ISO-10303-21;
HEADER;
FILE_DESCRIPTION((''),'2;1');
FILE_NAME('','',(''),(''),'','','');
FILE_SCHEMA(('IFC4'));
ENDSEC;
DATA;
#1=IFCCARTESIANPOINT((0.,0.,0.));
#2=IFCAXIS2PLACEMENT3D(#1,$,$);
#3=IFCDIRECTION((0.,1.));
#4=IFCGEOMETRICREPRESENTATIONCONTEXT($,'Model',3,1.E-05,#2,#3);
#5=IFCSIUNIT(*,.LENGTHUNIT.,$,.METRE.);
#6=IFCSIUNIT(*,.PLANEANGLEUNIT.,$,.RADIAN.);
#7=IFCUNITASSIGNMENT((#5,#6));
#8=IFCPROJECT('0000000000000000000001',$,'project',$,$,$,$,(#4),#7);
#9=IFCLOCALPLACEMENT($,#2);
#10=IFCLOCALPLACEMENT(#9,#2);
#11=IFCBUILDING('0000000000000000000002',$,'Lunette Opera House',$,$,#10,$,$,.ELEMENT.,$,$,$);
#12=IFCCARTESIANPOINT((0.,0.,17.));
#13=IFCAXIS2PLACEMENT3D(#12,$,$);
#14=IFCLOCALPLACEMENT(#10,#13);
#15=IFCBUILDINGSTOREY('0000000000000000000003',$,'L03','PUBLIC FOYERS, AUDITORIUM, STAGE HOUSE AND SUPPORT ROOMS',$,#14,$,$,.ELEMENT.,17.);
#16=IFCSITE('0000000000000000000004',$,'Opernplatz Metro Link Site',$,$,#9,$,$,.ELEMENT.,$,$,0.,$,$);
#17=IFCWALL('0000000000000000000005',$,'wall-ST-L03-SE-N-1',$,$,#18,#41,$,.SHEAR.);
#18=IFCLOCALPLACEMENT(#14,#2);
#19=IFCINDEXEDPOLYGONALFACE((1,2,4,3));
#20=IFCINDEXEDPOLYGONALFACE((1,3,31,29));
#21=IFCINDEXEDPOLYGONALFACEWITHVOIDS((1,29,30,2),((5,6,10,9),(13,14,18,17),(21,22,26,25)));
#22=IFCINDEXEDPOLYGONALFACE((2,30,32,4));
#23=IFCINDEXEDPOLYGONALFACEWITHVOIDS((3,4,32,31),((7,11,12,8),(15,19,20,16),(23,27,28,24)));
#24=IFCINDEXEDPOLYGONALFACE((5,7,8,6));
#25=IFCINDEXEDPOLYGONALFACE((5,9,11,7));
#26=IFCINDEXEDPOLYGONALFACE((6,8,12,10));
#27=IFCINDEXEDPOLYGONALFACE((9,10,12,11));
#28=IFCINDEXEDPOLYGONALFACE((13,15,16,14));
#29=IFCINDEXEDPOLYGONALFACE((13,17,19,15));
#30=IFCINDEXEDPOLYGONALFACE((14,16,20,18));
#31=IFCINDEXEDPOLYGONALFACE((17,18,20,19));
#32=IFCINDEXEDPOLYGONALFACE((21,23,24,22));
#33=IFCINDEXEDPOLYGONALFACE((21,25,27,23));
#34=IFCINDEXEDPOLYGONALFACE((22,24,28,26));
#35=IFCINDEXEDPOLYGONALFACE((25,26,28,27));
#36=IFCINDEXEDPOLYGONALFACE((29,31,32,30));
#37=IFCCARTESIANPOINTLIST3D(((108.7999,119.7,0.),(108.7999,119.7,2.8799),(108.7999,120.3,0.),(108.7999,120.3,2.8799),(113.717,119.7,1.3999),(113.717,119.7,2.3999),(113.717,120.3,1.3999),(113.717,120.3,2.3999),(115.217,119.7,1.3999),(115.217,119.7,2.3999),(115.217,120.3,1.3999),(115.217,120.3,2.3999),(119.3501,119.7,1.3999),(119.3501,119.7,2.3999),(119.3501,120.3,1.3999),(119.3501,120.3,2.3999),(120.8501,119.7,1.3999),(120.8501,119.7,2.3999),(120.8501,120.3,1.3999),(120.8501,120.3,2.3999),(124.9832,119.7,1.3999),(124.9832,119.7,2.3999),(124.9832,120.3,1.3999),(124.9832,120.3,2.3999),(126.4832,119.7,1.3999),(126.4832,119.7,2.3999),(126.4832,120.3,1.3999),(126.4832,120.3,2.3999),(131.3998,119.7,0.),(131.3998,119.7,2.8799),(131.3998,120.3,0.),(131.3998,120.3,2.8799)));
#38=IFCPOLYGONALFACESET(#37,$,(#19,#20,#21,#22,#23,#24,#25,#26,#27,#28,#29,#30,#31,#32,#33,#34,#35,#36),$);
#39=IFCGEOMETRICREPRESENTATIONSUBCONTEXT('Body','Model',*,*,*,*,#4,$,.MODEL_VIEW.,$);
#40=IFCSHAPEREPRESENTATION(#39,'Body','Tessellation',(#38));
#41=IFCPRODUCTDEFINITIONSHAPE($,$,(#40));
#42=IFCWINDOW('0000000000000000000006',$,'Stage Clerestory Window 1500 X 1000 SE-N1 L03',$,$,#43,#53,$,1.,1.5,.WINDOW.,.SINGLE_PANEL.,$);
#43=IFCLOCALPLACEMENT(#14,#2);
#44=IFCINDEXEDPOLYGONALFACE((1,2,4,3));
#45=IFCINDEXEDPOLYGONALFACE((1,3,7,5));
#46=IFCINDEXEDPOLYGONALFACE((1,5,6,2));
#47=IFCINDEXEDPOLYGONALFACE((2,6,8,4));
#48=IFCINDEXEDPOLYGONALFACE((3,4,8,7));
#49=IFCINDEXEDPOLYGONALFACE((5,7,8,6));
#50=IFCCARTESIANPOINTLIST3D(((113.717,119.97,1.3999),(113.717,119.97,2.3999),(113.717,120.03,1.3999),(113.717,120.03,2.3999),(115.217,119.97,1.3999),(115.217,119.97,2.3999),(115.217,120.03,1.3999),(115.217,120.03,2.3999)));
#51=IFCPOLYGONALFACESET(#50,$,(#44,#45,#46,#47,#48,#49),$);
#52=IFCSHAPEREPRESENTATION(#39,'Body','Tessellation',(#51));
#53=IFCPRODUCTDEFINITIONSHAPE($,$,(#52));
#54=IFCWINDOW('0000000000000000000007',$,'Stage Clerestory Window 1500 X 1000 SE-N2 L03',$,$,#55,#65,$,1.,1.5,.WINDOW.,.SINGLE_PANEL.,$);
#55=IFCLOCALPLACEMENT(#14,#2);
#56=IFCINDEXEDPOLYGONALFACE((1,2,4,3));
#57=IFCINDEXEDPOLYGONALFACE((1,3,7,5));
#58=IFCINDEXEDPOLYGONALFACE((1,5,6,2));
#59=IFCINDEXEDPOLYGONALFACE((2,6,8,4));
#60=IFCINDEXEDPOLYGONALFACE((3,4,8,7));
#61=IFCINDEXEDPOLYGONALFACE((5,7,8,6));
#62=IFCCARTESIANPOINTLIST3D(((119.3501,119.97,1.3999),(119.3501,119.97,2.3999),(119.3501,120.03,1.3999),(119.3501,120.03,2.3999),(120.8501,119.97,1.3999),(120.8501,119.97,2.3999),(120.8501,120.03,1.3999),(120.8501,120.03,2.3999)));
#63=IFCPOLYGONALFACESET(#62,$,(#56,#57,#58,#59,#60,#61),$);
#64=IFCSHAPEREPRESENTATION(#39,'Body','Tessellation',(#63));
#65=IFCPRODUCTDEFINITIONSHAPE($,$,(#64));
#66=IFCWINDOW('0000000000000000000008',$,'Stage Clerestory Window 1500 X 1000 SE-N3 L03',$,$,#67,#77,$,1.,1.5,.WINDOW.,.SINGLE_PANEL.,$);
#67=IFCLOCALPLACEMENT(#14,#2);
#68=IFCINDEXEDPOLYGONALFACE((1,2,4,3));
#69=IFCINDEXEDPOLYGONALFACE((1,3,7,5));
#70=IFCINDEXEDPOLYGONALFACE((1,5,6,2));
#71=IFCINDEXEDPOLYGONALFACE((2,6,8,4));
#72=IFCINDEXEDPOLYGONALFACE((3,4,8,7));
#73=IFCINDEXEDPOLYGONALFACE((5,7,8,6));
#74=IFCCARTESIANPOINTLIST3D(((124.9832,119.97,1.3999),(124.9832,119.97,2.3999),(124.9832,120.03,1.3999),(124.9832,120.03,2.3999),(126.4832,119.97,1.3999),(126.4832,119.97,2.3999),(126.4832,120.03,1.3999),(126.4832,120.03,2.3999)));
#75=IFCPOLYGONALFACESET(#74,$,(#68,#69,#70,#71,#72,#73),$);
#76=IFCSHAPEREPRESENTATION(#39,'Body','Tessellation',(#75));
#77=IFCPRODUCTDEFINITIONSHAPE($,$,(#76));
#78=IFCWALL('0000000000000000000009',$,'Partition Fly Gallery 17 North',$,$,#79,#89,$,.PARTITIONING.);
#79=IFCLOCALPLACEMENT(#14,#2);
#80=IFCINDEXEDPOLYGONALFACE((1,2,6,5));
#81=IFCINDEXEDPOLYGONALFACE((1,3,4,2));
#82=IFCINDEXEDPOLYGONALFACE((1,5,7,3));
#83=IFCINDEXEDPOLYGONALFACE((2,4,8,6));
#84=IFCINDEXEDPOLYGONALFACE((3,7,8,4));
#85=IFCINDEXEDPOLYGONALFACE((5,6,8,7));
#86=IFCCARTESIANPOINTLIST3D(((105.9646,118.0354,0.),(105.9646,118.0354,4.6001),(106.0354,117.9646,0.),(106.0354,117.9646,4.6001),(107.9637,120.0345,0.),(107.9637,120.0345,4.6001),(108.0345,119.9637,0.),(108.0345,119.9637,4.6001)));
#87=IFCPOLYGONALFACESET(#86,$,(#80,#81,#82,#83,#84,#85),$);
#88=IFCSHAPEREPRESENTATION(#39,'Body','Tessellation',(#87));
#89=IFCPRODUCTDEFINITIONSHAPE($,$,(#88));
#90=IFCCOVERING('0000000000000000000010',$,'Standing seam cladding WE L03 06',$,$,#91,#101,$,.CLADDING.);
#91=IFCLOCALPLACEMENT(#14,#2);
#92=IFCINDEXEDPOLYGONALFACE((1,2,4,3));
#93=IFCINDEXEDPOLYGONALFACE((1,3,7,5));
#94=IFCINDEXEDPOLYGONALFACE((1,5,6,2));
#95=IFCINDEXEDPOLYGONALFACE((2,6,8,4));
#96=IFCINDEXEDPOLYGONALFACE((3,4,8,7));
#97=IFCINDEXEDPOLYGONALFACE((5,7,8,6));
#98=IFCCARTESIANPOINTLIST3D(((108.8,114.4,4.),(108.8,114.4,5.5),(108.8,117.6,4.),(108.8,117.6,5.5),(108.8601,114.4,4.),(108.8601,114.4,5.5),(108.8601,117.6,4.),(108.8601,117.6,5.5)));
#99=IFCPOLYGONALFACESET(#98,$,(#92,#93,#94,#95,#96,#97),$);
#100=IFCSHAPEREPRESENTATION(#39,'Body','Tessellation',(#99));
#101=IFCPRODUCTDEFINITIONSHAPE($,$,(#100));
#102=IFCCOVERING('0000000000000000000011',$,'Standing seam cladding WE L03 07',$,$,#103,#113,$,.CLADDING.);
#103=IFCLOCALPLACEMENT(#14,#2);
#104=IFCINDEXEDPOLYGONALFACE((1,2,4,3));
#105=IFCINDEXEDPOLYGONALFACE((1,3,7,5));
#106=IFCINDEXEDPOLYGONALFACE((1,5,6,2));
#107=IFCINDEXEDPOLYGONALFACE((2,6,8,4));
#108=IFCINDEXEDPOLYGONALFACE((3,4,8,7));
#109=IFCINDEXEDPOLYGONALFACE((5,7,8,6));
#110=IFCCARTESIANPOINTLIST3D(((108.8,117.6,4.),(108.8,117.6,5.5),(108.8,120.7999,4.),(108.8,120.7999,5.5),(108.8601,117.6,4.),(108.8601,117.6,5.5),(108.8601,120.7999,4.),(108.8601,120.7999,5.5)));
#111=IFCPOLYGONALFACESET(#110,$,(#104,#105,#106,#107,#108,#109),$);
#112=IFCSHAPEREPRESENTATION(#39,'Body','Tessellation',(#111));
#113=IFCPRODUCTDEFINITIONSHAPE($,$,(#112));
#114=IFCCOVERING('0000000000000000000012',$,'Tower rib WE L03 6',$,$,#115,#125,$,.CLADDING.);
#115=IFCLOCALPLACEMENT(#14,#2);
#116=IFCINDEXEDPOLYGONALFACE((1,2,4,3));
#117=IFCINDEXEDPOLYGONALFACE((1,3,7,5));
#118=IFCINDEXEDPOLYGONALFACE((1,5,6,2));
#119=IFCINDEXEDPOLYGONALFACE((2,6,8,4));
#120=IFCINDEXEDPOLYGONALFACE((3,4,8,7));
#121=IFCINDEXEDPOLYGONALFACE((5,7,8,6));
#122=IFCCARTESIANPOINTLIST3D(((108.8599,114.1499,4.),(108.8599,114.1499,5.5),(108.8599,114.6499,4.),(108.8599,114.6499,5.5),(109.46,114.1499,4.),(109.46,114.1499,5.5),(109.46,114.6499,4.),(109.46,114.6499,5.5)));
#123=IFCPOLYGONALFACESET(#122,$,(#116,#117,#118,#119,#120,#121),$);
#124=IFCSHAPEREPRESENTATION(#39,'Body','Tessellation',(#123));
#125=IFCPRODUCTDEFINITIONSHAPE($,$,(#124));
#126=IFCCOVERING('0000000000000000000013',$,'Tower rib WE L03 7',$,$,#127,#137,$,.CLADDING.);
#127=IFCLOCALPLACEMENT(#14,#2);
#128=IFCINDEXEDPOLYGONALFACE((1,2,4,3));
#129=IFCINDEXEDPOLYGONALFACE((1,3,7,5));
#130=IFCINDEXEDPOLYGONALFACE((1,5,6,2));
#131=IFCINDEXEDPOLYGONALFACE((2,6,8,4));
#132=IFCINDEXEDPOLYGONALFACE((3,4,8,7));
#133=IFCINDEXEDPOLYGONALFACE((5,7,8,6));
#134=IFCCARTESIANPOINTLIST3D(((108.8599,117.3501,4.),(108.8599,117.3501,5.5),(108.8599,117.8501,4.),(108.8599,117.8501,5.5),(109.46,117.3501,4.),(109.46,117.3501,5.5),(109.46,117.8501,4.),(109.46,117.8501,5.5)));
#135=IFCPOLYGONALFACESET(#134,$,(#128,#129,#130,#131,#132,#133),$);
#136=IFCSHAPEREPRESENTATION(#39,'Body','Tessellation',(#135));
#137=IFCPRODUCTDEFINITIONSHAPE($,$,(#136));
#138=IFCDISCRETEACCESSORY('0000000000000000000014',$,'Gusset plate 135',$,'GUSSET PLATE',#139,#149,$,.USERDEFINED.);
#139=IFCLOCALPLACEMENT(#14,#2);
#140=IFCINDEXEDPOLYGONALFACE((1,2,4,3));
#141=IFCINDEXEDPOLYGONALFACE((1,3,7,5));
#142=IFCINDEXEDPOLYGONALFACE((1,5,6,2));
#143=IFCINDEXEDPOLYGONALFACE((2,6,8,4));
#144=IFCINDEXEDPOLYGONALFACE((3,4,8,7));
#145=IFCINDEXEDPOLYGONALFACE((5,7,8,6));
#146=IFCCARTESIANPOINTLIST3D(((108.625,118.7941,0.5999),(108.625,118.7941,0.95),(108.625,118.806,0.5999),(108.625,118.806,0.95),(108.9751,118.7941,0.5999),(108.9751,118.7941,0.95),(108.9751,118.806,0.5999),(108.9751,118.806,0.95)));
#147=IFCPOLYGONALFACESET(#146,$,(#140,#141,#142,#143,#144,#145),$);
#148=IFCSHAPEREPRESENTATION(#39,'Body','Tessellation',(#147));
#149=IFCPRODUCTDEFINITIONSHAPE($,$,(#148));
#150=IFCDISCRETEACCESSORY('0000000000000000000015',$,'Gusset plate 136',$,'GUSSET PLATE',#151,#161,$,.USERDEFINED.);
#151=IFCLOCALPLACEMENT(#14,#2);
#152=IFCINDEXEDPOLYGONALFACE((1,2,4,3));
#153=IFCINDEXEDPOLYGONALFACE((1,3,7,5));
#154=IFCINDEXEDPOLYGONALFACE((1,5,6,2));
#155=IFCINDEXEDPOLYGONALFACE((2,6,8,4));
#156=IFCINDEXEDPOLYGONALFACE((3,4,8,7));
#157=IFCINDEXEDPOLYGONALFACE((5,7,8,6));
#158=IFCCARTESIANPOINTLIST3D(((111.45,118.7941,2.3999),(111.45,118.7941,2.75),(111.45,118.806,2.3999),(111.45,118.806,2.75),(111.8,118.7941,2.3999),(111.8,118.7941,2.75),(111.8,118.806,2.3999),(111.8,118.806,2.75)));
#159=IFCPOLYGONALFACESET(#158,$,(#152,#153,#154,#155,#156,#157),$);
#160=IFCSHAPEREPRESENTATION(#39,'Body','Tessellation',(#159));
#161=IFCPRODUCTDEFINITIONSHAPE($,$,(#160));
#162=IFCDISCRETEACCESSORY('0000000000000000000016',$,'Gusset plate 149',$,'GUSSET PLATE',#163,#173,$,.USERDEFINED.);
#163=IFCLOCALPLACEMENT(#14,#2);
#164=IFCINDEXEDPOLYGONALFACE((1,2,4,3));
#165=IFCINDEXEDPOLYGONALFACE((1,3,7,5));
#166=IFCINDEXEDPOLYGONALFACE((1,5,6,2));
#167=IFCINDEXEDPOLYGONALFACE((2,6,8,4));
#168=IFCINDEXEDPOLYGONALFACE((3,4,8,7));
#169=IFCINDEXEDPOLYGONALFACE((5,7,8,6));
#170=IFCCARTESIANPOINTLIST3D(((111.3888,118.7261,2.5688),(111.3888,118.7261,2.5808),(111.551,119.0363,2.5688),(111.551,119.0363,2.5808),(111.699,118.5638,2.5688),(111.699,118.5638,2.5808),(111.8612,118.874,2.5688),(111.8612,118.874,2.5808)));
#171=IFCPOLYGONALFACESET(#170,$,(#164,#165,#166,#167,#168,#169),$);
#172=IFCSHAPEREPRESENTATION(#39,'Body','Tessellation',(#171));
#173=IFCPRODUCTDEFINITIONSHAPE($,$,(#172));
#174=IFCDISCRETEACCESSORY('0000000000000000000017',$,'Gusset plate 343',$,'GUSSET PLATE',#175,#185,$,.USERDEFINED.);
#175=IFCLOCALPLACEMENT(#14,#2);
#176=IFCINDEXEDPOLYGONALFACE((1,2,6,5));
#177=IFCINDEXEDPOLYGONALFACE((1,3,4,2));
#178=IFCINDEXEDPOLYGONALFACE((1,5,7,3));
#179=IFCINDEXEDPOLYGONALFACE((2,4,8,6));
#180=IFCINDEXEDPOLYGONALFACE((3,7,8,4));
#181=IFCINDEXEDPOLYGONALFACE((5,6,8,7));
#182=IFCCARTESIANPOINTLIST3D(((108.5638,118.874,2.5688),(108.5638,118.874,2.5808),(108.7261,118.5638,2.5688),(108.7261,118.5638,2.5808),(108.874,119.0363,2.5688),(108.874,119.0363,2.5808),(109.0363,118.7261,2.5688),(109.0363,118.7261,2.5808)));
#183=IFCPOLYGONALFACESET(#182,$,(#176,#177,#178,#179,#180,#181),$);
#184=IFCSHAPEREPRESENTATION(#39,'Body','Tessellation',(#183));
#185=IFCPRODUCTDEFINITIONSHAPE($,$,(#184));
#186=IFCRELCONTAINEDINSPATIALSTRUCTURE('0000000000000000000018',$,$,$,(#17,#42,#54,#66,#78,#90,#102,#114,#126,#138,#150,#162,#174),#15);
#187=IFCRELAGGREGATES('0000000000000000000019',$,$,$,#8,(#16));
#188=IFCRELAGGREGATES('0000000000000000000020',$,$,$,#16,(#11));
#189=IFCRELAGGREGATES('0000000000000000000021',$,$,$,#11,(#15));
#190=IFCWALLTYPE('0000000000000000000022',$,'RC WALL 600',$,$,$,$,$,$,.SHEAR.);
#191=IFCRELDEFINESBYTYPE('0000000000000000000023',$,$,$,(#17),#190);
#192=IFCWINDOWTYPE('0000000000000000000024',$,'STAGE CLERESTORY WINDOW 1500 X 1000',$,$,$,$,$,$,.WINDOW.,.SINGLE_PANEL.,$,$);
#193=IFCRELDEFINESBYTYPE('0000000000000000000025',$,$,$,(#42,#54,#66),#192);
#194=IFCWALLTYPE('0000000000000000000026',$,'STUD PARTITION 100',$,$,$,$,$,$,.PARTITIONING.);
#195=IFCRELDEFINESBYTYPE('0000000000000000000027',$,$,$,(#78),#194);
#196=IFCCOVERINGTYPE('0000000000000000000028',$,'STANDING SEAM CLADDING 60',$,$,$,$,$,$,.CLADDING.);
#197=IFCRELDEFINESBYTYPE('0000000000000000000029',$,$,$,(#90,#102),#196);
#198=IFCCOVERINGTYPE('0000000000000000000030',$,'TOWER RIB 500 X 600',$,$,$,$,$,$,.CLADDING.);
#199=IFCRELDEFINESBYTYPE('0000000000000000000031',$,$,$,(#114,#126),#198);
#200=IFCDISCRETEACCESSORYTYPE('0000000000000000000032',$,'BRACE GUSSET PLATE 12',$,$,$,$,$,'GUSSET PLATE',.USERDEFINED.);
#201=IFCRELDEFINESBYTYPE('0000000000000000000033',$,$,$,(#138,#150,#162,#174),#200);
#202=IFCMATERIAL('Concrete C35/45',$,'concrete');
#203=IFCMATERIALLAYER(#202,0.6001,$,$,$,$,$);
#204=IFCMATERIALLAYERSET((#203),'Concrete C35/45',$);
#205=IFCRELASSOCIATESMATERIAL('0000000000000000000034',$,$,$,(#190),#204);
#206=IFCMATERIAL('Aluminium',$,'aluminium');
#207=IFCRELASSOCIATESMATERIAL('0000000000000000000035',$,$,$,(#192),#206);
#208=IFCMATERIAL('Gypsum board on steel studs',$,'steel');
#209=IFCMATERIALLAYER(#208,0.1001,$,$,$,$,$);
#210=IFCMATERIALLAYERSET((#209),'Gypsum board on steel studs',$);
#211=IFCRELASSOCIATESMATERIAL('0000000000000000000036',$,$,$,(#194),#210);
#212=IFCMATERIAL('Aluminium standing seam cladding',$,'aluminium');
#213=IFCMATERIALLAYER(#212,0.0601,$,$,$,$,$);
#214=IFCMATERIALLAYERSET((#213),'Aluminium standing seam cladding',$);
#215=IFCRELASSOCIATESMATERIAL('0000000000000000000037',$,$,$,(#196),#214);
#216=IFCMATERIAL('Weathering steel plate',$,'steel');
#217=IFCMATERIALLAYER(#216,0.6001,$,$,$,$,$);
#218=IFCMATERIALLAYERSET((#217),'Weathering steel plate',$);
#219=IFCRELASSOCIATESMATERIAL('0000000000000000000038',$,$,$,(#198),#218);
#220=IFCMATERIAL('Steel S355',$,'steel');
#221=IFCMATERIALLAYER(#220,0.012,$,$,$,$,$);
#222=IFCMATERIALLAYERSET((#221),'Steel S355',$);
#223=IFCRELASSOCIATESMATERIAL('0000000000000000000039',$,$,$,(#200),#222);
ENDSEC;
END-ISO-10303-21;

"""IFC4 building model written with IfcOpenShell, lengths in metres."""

from ifc_helpers import new_model, si_unit, direction, frame, frame_2d, origin, origin_2d, place, context, subcontext, project, spatial, rectangle, extrude, material, layer, layer_set, type_object, element, fill, save


model = new_model("IFC4")

# Units and contexts
model_context = context("Model", 3, precision=1e-05, world=origin(), true_north=direction((0.0, 1.0)))
body_context = subcontext(model_context, "Body", "Model", "MODEL_VIEW")
ifc_project = project(units=[si_unit("LENGTHUNIT", "METRE"), si_unit("PLANEANGLEUNIT", "RADIAN")], contexts=[model_context])

# Site, building, storey
site_placement = place(None, origin())
site = spatial("IfcSite", under=ifc_project, at=site_placement, Name="Opernplatz Metro Link Site", CompositionType="ELEMENT", RefElevation=0.0)
building_placement = place(site_placement, origin())
building = spatial("IfcBuilding", under=site, at=building_placement, Name="Lunette Opera House", CompositionType="ELEMENT")
storey_placement = place(building_placement, frame((0.0, 0.0, 17.0)))
storey = spatial("IfcBuildingStorey", under=building, at=storey_placement, Name="L03", Description="PUBLIC FOYERS, AUDITORIUM, STAGE HOUSE AND SUPPORT ROOMS", CompositionType="ELEMENT", Elevation=17.0)

# Wall, openings, windows
ifc_material_1 = material(Name="Concrete C35/45", Category="concrete")
ifc_layer_1 = layer(ifc_material_1, 0.6001)
ifc_layer_set_1 = layer_set([ifc_layer_1], Name="Concrete C35/45")
wall_type_1 = type_object("IfcWallType", Name="RC WALL 600", PredefinedType="SHEAR", material=ifc_layer_set_1)
wall_1_placement = place(storey_placement, frame((108.8, 120.0, 0.0), z_axis=(0.0, 0.0, 1.0), x_axis=(1.0, 0.0, 0.0)))
wall_1 = element("IfcWall", 1, at=wall_1_placement, inside=storey, type_object=wall_type_1, Name="wall-ST-L03-SE-N-1", PredefinedType="SHEAR", context=body_context, shape_type="SweptSolid", body=[
    extrude(rectangle(XDim=22.5999, YDim=0.6001, at=frame_2d((11.2998, 0.0))), origin(), (0.0, 0.0, 1.0), 2.8799),
])
opening_1_placement = place(wall_1_placement, frame((4.917, 0.0, 1.3999)))
opening_1 = element("IfcOpeningElement", 2, at=opening_1_placement, cuts=wall_1, PredefinedType="OPENING", context=body_context, shape_type="SweptSolid", body=[
    extrude(rectangle(XDim=1.5, YDim=1.0, at=frame_2d((0.75, 0.5))), frame((0.0, 0.312, 0.0), z_axis=(0.0, -1.0, 0.0), x_axis=(1.0, 0.0, 0.0)), (0.0, 0.0, 1.0), 0.624),
])
opening_2_placement = place(wall_1_placement, frame((10.55, 0.0, 1.3999)))
opening_2 = element("IfcOpeningElement", 3, at=opening_2_placement, cuts=wall_1, PredefinedType="OPENING", context=body_context, shape_type="SweptSolid", body=[
    extrude(rectangle(XDim=1.5, YDim=1.0, at=frame_2d((0.75, 0.5))), frame((0.0, 0.312, 0.0), z_axis=(0.0, -1.0, 0.0), x_axis=(1.0, 0.0, 0.0)), (0.0, 0.0, 1.0), 0.624),
])
opening_3_placement = place(wall_1_placement, frame((16.1831, 0.0, 1.3999)))
opening_3 = element("IfcOpeningElement", 4, at=opening_3_placement, cuts=wall_1, PredefinedType="OPENING", context=body_context, shape_type="SweptSolid", body=[
    extrude(rectangle(XDim=1.5, YDim=1.0, at=frame_2d((0.75, 0.5))), frame((0.0, 0.312, 0.0), z_axis=(0.0, -1.0, 0.0), x_axis=(1.0, 0.0, 0.0)), (0.0, 0.0, 1.0), 0.624),
])
ifc_material_2 = material(Name="Aluminium", Category="aluminium")
window_type = type_object("IfcWindowType", Name="STAGE CLERESTORY WINDOW 1500 X 1000", PartitioningType="SINGLE_PANEL", PredefinedType="WINDOW", material=ifc_material_2)
window_1_placement = place(opening_1_placement, origin())
window_1 = element("IfcWindow", 5, at=window_1_placement, inside=storey, type_object=window_type, Name="Stage Clerestory Window 1500 X 1000 SE-N1 L03", OverallHeight=1.0, OverallWidth=1.5, PartitioningType="SINGLE_PANEL", PredefinedType="WINDOW", context=body_context, shape_type="SweptSolid", body=[
    extrude(rectangle(XDim=1.5, YDim=1.0, at=frame_2d((0.75, 0.5))), frame((0.0, 0.03, 0.0), z_axis=(0.0, -1.0, 0.0), x_axis=(1.0, 0.0, 0.0)), (0.0, 0.0, 1.0), 0.0601),
])
fill(opening_1, window_1)
window_2_placement = place(opening_2_placement, origin())
window_2 = element("IfcWindow", 6, at=window_2_placement, inside=storey, type_object=window_type, Name="Stage Clerestory Window 1500 X 1000 SE-N2 L03", OverallHeight=1.0, OverallWidth=1.5, PartitioningType="SINGLE_PANEL", PredefinedType="WINDOW", context=body_context, shape_type="SweptSolid", body=[
    extrude(rectangle(XDim=1.5, YDim=1.0, at=frame_2d((0.75, 0.5))), frame((0.0, 0.03, 0.0), z_axis=(0.0, -1.0, 0.0), x_axis=(1.0, 0.0, 0.0)), (0.0, 0.0, 1.0), 0.0601),
])
fill(opening_2, window_2)
window_3_placement = place(opening_3_placement, origin())
window_3 = element("IfcWindow", 7, at=window_3_placement, inside=storey, type_object=window_type, Name="Stage Clerestory Window 1500 X 1000 SE-N3 L03", OverallHeight=1.0, OverallWidth=1.5, PartitioningType="SINGLE_PANEL", PredefinedType="WINDOW", context=body_context, shape_type="SweptSolid", body=[
    extrude(rectangle(XDim=1.5, YDim=1.0, at=frame_2d((0.75, 0.5))), frame((0.0, 0.03, 0.0), z_axis=(0.0, -1.0, 0.0), x_axis=(1.0, 0.0, 0.0)), (0.0, 0.0, 1.0), 0.0601),
])
fill(opening_3, window_3)

# Wall
ifc_material_3 = material(Name="Gypsum board on steel studs", Category="steel")
ifc_layer_2 = layer(ifc_material_3, 0.1001)
ifc_layer_set_2 = layer_set([ifc_layer_2], Name="Gypsum board on steel studs")
wall_type_2 = type_object("IfcWallType", Name="STUD PARTITION 100", PredefinedType="PARTITIONING", material=ifc_layer_set_2)
wall_2_placement = place(storey_placement, frame((106.0, 118.0, 0.0), z_axis=(0.0, 0.0, 1.0), x_axis=(0.707107, 0.707107, 0.0)))
element("IfcWall", 8, at=wall_2_placement, inside=storey, type_object=wall_type_2, Name="Partition Fly Gallery 17 North", PredefinedType="PARTITIONING", context=body_context, shape_type="SweptSolid", body=[
    extrude(rectangle(XDim=2.8271, YDim=0.1001, at=frame_2d((1.4136, 0.0))), origin(), (0.0, 0.0, 1.0), 4.6001),
])

# Coverings
ifc_material_4 = material(Name="Aluminium standing seam cladding", Category="aluminium")
ifc_layer_3 = layer(ifc_material_4, 0.0601)
ifc_layer_set_3 = layer_set([ifc_layer_3], Name="Aluminium standing seam cladding")
covering_type_1 = type_object("IfcCoveringType", Name="STANDING SEAM CLADDING 60", PredefinedType="CLADDING", material=ifc_layer_set_3)
for number, where, z_axis, x_axis, name in (
    (9, (108.8301, 116.0, 4.0), (0.0, 0.0, 1.0), (0.0, 1.0, 0.0), "Standing seam cladding WE L03 06"),
    (10, (108.8301, 119.2, 4.0), (0.0, 0.0, 1.0), (0.0, 1.0, 0.0), "Standing seam cladding WE L03 07"),
):
    element("IfcCovering", number, at=place(storey_placement, frame(where, z_axis=z_axis, x_axis=x_axis)), inside=storey, type_object=covering_type_1, Name=name, PredefinedType="CLADDING", context=body_context, shape_type="SweptSolid", body=[
        extrude(rectangle(XDim=3.2, YDim=0.0601, at=origin_2d()), origin(), (0.0, 0.0, 1.0), 1.5),
    ])
ifc_material_5 = material(Name="Weathering steel plate", Category="steel")
ifc_layer_4 = layer(ifc_material_5, 0.6001)
ifc_layer_set_4 = layer_set([ifc_layer_4], Name="Weathering steel plate")
covering_type_2 = type_object("IfcCoveringType", Name="TOWER RIB 500 X 600", PredefinedType="CLADDING", material=ifc_layer_set_4)
for number, where, z_axis, x_axis, name in (
    (11, (109.1599, 114.3999, 4.0), (0.0, 0.0, 1.0), (0.0, 1.0, 0.0), "Tower rib WE L03 6"),
    (12, (109.1599, 117.6001, 4.0), (0.0, 0.0, 1.0), (0.0, 1.0, 0.0), "Tower rib WE L03 7"),
):
    element("IfcCovering", number, at=place(storey_placement, frame(where, z_axis=z_axis, x_axis=x_axis)), inside=storey, type_object=covering_type_2, Name=name, PredefinedType="CLADDING", context=body_context, shape_type="SweptSolid", body=[
        extrude(rectangle(XDim=0.5, YDim=0.6001, at=origin_2d()), origin(), (0.0, 0.0, 1.0), 1.5),
    ])

# Discrete accessories
ifc_material_6 = material(Name="Steel S355", Category="steel")
ifc_layer_5 = layer(ifc_material_6, 0.012)
ifc_layer_set_5 = layer_set([ifc_layer_5], Name="Steel S355")
discrete_accessory_type_1 = type_object("IfcDiscreteAccessoryType", Name="BRACE GUSSET PLATE 12", ElementType="GUSSET PLATE", PredefinedType="USERDEFINED", material=ifc_layer_set_5)
for number, where, z_axis, x_axis, name in (
    (13, (108.8, 118.8, 0.5999), (0.0, 0.0, 1.0), (1.0, 0.0, 0.0), "Gusset plate 135"),
    (14, (111.625, 118.8, 2.3999), (0.0, 0.0, 1.0), (1.0, 0.0, 0.0), "Gusset plate 136"),
):
    element("IfcDiscreteAccessory", number, at=place(storey_placement, frame(where, z_axis=z_axis, x_axis=x_axis)), inside=storey, type_object=discrete_accessory_type_1, Name=name, ObjectType="GUSSET PLATE", PredefinedType="USERDEFINED", context=body_context, shape_type="SweptSolid", body=[
        extrude(rectangle(XDim=0.3501, YDim=0.012, at=origin_2d()), origin(), (0.0, 0.0, 1.0), 0.3501),
    ])
for number, where, z_axis, x_axis, name in (
    (15, (111.625, 118.8, 2.5688), (0.0, 0.0, 1.0), (0.463547, 0.886073, 0.0), "Gusset plate 149"),
    (16, (108.8, 118.8, 2.5688), (0.0, 0.0, 1.0), (-0.463676, 0.886005, 0.0), "Gusset plate 343"),
):
    element("IfcDiscreteAccessory", number, at=place(storey_placement, frame(where, z_axis=z_axis, x_axis=x_axis)), inside=storey, type_object=discrete_accessory_type_1, Name=name, ObjectType="GUSSET PLATE", PredefinedType="USERDEFINED", context=body_context, shape_type="SweptSolid", body=[
        extrude(rectangle(XDim=0.3501, YDim=0.3501, at=origin_2d()), origin(), (0.0, 0.0, 1.0), 0.012),
    ])

save(model, "model.ifc")
